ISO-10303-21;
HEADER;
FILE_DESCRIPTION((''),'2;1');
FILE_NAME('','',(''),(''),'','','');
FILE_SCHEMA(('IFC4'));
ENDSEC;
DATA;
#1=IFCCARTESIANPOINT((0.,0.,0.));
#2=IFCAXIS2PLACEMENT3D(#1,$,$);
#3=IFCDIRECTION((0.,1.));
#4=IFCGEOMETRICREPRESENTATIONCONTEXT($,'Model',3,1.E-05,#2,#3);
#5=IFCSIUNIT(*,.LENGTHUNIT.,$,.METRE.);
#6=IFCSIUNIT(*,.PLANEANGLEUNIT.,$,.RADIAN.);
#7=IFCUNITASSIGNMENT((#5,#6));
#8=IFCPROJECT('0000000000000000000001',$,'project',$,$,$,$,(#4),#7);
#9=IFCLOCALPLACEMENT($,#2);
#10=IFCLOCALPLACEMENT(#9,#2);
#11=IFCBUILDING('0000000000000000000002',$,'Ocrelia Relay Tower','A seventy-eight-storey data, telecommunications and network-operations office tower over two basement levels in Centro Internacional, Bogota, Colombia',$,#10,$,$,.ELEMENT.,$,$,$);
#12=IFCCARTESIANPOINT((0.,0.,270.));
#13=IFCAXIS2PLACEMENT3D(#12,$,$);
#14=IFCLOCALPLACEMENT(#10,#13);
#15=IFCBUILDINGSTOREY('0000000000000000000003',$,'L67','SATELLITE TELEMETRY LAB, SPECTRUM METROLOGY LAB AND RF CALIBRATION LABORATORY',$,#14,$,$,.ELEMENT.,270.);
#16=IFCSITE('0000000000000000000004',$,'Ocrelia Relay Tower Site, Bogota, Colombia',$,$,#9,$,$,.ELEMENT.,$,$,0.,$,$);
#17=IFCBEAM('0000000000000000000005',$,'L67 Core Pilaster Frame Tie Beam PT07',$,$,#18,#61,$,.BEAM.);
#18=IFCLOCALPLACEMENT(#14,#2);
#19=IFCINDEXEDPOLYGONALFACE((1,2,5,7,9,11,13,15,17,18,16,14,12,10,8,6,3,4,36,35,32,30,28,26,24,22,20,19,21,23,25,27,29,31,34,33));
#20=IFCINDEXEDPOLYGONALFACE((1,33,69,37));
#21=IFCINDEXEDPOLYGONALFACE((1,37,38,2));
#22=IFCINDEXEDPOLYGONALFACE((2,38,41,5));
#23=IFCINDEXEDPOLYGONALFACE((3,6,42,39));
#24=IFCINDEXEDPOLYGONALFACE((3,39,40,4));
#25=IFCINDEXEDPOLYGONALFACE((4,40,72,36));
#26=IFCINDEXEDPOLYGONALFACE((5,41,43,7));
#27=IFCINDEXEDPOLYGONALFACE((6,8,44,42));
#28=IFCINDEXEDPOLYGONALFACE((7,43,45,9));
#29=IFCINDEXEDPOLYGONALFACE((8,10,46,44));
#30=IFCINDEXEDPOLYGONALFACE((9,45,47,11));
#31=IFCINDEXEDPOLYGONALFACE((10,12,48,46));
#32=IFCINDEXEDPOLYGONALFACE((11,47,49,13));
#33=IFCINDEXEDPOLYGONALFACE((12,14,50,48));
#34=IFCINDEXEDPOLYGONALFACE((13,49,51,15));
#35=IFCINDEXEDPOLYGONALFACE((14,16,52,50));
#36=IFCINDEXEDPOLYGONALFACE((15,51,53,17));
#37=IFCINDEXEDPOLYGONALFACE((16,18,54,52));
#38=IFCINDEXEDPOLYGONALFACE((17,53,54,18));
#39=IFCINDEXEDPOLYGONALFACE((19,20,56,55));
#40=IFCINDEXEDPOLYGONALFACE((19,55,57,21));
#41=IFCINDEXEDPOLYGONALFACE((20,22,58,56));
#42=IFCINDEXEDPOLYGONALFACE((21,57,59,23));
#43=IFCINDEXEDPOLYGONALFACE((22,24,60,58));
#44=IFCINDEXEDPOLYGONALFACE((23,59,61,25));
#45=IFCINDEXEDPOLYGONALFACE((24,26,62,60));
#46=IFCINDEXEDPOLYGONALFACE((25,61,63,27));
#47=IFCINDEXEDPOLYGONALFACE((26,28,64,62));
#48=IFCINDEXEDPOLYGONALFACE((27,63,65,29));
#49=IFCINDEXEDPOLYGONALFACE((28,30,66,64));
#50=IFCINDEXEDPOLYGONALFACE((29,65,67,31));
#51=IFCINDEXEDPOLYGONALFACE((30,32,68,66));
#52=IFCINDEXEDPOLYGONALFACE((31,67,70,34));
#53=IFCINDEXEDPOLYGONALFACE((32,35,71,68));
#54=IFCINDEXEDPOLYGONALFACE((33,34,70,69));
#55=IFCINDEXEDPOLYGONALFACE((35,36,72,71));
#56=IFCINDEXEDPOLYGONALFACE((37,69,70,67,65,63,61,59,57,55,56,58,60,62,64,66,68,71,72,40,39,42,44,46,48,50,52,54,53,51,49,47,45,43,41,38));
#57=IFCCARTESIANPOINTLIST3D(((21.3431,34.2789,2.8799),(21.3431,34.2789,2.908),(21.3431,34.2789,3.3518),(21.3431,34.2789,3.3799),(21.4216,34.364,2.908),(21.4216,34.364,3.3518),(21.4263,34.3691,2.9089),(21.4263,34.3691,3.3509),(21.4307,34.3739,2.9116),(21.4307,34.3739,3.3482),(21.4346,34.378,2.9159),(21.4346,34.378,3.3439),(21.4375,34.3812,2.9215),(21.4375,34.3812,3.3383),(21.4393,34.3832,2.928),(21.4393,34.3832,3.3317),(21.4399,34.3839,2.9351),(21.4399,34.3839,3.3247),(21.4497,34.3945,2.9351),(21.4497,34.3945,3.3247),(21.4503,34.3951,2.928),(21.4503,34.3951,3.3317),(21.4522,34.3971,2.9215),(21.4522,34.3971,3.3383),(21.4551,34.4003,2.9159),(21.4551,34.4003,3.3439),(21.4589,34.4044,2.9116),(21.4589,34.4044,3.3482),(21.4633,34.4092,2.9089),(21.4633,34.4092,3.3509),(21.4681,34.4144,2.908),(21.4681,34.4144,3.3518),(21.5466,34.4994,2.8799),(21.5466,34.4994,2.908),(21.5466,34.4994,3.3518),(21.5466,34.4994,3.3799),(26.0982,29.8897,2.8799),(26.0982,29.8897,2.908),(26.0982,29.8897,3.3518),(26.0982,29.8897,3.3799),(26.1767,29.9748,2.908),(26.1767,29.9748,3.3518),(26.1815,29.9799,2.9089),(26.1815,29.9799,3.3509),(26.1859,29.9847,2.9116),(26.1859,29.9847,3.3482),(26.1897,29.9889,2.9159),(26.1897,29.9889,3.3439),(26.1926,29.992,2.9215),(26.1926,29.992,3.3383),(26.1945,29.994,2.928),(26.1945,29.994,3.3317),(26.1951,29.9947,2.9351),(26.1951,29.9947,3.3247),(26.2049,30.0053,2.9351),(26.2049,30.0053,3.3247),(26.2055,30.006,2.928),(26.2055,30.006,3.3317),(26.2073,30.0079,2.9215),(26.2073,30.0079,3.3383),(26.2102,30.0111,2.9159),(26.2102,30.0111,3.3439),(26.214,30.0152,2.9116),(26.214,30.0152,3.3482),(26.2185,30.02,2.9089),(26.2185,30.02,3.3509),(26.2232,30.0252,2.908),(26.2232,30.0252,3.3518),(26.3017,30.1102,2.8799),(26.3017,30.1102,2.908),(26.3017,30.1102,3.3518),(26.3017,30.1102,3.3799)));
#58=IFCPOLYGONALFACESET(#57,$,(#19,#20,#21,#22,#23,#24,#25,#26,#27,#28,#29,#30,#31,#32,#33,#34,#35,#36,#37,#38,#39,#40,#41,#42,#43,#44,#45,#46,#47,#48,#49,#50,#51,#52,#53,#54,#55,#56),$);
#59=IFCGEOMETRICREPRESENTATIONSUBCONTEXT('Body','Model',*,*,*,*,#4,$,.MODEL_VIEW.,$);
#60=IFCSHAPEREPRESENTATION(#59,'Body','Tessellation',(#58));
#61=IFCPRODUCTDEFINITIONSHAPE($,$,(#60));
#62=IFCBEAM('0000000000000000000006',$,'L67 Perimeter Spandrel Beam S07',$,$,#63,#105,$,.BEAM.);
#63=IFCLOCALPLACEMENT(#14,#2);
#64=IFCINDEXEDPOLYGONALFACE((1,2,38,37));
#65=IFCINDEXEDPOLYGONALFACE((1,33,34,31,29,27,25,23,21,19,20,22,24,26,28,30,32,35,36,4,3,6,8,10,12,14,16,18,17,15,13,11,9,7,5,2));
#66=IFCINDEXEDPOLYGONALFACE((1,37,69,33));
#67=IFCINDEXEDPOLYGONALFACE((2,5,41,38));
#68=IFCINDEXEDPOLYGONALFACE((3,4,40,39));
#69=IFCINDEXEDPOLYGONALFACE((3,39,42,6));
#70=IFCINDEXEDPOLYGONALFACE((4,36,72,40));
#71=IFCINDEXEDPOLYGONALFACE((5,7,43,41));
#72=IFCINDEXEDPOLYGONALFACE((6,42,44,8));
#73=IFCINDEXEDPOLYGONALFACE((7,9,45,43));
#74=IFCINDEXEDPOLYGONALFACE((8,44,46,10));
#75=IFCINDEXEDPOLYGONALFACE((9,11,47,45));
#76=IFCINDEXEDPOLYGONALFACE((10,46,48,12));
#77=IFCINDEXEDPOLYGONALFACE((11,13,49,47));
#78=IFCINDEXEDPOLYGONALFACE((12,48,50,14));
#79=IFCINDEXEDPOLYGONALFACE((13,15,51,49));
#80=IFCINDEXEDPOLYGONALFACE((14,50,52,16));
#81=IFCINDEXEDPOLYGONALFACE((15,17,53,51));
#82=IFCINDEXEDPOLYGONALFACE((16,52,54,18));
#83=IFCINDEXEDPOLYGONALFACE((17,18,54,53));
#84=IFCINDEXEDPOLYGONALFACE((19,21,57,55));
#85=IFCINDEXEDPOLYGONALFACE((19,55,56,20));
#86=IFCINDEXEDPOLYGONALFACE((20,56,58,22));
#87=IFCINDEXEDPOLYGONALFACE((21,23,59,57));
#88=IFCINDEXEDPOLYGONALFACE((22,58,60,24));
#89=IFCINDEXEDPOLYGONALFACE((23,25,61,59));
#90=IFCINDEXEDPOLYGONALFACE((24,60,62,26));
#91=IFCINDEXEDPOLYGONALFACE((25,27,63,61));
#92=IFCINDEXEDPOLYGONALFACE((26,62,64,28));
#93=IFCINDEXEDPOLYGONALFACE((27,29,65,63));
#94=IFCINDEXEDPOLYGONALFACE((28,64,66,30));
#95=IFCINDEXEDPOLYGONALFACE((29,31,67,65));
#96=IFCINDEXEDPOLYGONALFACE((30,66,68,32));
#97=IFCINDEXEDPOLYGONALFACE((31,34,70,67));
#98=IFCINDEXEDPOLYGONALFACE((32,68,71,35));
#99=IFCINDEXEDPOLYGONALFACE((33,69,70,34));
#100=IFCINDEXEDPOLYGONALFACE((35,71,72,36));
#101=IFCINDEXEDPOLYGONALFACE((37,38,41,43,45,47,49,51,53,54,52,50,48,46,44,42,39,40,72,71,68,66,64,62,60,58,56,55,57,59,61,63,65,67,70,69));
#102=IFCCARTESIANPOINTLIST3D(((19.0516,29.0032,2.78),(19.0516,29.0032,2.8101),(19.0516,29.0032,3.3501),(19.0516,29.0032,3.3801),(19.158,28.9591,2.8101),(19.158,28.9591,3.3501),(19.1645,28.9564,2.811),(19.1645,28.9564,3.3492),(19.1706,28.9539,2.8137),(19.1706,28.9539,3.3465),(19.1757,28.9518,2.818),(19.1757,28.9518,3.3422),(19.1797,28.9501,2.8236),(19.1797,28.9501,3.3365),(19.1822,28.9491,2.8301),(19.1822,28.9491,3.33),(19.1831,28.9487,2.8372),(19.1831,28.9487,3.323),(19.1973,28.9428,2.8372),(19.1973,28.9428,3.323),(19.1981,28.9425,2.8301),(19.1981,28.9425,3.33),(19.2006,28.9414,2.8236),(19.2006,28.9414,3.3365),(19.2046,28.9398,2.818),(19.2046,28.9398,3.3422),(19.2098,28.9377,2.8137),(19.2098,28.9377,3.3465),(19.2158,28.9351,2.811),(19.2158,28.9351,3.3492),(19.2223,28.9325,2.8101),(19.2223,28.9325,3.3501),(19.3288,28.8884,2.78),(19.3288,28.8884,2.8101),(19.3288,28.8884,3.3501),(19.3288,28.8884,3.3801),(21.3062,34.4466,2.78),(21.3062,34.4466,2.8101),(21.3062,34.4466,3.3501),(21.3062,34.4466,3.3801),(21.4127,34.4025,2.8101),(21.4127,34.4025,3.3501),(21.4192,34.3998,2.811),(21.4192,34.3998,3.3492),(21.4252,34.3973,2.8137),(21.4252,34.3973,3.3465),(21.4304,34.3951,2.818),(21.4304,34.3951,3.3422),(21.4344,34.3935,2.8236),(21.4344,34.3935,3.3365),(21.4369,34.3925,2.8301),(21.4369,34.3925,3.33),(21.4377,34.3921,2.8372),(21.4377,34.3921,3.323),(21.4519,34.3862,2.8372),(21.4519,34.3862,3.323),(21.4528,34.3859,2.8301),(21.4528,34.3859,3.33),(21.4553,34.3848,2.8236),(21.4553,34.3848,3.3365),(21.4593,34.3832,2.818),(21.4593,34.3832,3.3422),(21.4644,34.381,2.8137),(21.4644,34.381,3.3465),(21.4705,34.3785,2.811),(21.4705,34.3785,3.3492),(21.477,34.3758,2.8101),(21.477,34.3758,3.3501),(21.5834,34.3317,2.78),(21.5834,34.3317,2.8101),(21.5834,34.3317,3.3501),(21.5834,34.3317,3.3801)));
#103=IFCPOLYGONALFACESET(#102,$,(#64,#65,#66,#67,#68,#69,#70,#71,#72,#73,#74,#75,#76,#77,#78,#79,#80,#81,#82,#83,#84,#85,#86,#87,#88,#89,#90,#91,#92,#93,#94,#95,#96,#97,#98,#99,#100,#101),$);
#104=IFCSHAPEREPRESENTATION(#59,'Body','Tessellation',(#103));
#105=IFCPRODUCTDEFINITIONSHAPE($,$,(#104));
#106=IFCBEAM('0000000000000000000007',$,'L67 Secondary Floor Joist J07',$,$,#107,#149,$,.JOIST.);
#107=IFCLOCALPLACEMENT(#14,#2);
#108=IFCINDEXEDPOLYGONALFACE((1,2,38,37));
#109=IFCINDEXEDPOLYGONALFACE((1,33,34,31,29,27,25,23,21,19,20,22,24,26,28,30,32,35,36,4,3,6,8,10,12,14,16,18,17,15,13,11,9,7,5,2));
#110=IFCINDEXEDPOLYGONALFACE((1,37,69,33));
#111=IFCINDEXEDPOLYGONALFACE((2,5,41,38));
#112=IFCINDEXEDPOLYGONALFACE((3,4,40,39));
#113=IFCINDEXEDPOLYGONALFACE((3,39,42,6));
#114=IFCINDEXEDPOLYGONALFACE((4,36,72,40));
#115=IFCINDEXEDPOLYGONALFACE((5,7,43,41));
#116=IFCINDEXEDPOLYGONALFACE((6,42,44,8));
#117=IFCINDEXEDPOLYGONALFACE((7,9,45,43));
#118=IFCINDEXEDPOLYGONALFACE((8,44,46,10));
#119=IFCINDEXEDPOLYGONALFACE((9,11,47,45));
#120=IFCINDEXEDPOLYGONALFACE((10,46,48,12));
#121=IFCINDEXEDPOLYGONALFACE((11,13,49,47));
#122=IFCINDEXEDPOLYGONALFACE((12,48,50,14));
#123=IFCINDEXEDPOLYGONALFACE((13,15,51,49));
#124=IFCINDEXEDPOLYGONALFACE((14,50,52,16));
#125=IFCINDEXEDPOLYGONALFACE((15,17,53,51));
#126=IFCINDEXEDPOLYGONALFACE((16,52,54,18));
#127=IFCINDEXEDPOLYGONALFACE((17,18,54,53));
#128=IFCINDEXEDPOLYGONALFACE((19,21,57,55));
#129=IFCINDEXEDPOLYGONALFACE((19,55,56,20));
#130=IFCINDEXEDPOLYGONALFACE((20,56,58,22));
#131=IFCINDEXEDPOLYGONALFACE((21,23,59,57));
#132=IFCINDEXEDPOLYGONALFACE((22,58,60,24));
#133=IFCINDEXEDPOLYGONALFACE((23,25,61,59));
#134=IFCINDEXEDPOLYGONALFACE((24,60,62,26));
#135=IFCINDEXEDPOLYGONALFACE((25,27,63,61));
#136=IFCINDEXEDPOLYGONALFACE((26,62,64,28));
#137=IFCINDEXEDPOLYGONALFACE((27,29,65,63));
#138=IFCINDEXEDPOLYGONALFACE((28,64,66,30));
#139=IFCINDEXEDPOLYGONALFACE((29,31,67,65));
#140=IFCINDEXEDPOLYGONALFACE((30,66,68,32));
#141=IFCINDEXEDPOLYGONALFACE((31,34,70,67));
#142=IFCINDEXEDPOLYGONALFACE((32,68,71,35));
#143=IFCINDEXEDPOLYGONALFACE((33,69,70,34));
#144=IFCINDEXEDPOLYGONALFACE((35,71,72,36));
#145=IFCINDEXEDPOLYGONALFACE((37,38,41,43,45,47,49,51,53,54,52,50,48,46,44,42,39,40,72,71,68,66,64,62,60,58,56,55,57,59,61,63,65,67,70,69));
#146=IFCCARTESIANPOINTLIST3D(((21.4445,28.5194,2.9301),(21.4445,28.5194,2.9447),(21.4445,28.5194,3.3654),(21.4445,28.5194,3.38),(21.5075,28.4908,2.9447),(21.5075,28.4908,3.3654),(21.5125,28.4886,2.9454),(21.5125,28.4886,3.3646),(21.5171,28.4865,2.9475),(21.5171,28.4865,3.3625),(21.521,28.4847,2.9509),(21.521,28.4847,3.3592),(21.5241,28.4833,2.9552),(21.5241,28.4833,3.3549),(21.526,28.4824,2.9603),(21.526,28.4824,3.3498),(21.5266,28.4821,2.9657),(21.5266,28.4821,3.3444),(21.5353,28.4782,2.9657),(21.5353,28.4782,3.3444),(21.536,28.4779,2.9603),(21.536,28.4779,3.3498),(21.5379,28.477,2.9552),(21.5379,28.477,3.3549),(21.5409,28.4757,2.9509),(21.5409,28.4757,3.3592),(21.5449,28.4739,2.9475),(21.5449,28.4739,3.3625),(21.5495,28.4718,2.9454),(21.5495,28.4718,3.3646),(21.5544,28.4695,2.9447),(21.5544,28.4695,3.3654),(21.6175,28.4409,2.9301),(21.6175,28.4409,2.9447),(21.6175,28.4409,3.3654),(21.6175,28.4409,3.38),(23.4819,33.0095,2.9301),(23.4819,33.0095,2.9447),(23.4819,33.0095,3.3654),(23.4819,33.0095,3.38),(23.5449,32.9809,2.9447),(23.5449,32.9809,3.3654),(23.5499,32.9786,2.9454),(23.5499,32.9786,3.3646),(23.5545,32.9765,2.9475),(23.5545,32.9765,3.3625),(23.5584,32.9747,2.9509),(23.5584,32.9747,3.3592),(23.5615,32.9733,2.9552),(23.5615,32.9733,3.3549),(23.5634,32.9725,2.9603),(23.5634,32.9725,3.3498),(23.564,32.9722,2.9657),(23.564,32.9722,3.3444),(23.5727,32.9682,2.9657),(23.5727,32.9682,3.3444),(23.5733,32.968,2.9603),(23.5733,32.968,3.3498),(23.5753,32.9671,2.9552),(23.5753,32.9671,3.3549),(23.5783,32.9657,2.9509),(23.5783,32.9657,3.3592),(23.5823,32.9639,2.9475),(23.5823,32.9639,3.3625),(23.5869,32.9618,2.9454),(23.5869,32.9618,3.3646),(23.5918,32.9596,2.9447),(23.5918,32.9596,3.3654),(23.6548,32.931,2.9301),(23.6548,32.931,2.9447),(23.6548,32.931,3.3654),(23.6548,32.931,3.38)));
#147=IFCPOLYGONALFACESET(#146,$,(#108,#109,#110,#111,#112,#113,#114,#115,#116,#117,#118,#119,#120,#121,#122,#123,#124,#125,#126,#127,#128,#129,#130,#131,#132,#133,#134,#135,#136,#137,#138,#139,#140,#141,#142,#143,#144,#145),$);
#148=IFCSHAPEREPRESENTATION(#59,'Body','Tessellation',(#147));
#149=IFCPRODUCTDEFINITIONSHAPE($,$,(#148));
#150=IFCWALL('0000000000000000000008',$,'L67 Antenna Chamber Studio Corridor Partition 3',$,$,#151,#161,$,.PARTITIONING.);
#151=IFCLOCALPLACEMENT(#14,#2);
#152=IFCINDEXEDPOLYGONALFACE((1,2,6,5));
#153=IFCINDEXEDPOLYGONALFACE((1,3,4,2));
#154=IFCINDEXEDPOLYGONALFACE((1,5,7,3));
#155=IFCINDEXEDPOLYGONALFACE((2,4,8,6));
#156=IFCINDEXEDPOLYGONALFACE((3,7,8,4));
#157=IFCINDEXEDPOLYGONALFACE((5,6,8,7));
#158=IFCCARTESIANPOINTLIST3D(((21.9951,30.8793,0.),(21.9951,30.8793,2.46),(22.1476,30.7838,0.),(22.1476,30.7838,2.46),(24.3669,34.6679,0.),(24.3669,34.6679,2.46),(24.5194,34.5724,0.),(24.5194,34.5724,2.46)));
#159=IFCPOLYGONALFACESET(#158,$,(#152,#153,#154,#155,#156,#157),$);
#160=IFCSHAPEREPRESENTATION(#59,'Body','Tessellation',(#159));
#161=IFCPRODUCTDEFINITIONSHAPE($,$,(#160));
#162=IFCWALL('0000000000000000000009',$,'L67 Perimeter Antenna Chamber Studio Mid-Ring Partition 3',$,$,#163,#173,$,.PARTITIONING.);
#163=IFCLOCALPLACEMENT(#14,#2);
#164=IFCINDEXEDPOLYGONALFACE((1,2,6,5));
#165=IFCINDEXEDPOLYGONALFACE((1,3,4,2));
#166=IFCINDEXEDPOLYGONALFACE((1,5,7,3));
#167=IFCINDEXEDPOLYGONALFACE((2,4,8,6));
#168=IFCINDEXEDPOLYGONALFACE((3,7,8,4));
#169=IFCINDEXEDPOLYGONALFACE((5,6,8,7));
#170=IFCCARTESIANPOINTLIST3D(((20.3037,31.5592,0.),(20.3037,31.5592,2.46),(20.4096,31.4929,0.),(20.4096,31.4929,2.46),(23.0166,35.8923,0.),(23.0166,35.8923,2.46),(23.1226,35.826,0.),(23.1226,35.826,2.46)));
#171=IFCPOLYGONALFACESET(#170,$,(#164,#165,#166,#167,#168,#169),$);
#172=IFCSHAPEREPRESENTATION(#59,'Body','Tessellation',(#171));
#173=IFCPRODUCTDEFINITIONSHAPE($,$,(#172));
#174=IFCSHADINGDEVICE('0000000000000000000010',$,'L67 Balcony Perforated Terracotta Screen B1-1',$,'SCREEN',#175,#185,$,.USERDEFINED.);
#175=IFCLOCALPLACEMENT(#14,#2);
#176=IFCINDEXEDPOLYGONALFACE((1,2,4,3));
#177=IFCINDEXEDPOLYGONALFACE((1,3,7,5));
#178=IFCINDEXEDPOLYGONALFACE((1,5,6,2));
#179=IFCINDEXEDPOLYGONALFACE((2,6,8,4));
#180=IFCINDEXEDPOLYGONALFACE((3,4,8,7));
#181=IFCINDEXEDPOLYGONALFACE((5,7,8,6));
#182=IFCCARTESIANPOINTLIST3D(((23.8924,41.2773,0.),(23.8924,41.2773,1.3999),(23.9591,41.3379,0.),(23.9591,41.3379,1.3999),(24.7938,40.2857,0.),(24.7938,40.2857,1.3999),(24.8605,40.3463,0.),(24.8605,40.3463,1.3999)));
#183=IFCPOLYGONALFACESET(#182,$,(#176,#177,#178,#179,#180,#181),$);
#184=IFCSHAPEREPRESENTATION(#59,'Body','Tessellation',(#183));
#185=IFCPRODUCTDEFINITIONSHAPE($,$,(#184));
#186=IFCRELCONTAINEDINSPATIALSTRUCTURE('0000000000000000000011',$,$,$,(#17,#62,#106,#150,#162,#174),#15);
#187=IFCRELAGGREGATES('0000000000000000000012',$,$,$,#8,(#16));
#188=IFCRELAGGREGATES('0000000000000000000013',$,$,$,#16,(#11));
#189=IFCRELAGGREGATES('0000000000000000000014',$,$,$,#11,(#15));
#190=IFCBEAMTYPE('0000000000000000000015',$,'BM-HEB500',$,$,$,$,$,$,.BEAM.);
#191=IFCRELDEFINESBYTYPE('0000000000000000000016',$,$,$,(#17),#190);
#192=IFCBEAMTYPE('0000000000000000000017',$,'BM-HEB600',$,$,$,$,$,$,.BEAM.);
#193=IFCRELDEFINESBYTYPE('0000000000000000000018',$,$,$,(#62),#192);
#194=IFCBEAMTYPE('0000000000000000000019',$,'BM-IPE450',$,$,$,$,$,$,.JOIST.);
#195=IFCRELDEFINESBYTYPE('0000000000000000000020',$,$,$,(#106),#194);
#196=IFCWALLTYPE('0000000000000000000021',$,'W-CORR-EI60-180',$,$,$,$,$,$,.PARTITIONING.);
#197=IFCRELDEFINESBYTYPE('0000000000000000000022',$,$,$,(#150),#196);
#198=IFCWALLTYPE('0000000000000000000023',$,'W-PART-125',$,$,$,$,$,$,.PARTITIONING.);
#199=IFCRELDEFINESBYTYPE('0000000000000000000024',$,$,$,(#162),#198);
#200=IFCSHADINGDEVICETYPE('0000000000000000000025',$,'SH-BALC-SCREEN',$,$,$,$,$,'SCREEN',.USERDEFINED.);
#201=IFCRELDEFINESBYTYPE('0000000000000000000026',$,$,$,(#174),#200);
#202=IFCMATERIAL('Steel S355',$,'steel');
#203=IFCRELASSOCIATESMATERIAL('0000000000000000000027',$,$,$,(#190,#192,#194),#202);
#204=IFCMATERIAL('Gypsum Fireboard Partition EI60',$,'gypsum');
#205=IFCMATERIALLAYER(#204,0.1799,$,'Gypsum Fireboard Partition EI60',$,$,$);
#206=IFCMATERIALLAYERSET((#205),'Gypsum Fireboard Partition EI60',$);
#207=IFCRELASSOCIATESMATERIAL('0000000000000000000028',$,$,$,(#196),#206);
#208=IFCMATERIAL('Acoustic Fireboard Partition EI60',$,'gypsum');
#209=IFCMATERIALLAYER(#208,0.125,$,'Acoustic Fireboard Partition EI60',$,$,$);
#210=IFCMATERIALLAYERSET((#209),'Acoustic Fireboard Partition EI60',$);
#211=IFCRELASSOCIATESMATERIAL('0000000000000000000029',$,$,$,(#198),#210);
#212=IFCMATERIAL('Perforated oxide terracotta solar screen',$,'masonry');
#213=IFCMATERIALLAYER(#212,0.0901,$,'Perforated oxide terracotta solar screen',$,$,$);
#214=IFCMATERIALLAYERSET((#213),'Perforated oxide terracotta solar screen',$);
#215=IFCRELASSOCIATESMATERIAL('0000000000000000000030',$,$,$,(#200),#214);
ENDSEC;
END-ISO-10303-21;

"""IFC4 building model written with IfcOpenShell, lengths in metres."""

from ifc_helpers import new_model, si_unit, direction, frame, frame_2d, origin, origin_2d, place, context, subcontext, project, spatial, rectangle, i_section, extrude, material, layer, layer_set, material_profile, profile_set, type_object, element, save


model = new_model("IFC4")

# Units and contexts
model_context = context("Model", 3, precision=1e-05, world=origin(), true_north=direction((0.0, 1.0)))
body_context = subcontext(model_context, "Body", "Model", "MODEL_VIEW")
ifc_project = project(units=[si_unit("LENGTHUNIT", "METRE"), si_unit("PLANEANGLEUNIT", "RADIAN")], contexts=[model_context])

# Site, building, storey
site_placement = place(None, origin())
site = spatial("IfcSite", under=ifc_project, at=site_placement, Name="Ocrelia Relay Tower Site, Bogota, Colombia", CompositionType="ELEMENT", RefElevation=0.0)
building_placement = place(site_placement, origin())
building = spatial("IfcBuilding", under=site, at=building_placement, Name="Ocrelia Relay Tower", Description="A seventy-eight-storey data, telecommunications and network-operations office tower over two basement levels in Centro Internacional, Bogota, Colombia", CompositionType="ELEMENT")
storey_placement = place(building_placement, frame((0.0, 0.0, 270.0)))
storey = spatial("IfcBuildingStorey", under=building, at=storey_placement, Name="L67", Description="SATELLITE TELEMETRY LAB, SPECTRUM METROLOGY LAB AND RF CALIBRATION LABORATORY", CompositionType="ELEMENT", Elevation=270.0)

# Beams
ifc_material_1 = material(Name="Steel S355", Category="steel")
ifc_material_profile_1 = material_profile(ifc_material_1, i_section(OverallWidth=0.3, OverallDepth=0.5, WebThickness=0.0144, FlangeThickness=0.0281, FilletRadius=0.0271, at=origin_2d()), Name="HEB 500")
ifc_profile_set_1 = profile_set([ifc_material_profile_1], Name="Steel S355")
beam_type_1 = type_object("IfcBeamType", Name="BM-HEB500", PredefinedType="BEAM", material=ifc_profile_set_1)
beam_1_placement = place(storey_placement, frame((21.4448, 34.3892, 3.1299), z_axis=(0.734818, -0.678264, 0.0), x_axis=(0.678264, 0.734818, 0.0)))
element("IfcBeam", 1, at=beam_1_placement, inside=storey, type_object=beam_type_1, Name="L67 Core Pilaster Frame Tie Beam PT07", PredefinedType="BEAM", context=body_context, shape_type="SweptSolid", body=[
    extrude(i_section(OverallWidth=0.3, OverallDepth=0.5, WebThickness=0.0144, FlangeThickness=0.0281, FilletRadius=0.0271, at=origin_2d()), origin(), (0.0, 0.0, 1.0), 6.4712),
])
ifc_material_profile_2 = material_profile(ifc_material_1, i_section(OverallWidth=0.3, OverallDepth=0.6001, WebThickness=0.0154, FlangeThickness=0.03, FilletRadius=0.0271, at=origin_2d()), Name="HEB 600")
ifc_profile_set_2 = profile_set([ifc_material_profile_2], Name="Steel S355")
beam_type_2 = type_object("IfcBeamType", Name="BM-HEB600", PredefinedType="BEAM", material=ifc_profile_set_2)
beam_2_placement = place(storey_placement, frame((21.4448, 34.3892, 3.0801), z_axis=(-0.382673, -0.923884, 0.0), x_axis=(0.923884, -0.382673, 0.0)))
element("IfcBeam", 2, at=beam_2_placement, inside=storey, type_object=beam_type_2, Name="L67 Perimeter Spandrel Beam S07", PredefinedType="BEAM", context=body_context, shape_type="SweptSolid", body=[
    extrude(i_section(OverallWidth=0.3, OverallDepth=0.6001, WebThickness=0.0154, FlangeThickness=0.03, FilletRadius=0.0271, at=origin_2d()), origin(), (0.0, 0.0, 1.0), 5.8918),
])
ifc_material_profile_3 = material_profile(ifc_material_1, i_section(OverallWidth=0.1899, OverallDepth=0.45, WebThickness=0.0095, FlangeThickness=0.0146, FilletRadius=0.021, at=origin_2d()), Name="IPE 450")
ifc_profile_set_3 = profile_set([ifc_material_profile_3], Name="Steel S355")
beam_type_3 = type_object("IfcBeamType", Name="BM-IPE450", PredefinedType="JOIST", material=ifc_profile_set_3)
beam_3_placement = place(storey_placement, frame((23.5684, 32.9702, 3.155), z_axis=(-0.413206, -0.910638, 0.0), x_axis=(0.910638, -0.413206, 0.0)))
element("IfcBeam", 3, at=beam_3_placement, inside=storey, type_object=beam_type_3, Name="L67 Secondary Floor Joist J07", PredefinedType="JOIST", context=body_context, shape_type="SweptSolid", body=[
    extrude(i_section(OverallWidth=0.1899, OverallDepth=0.45, WebThickness=0.0095, FlangeThickness=0.0146, FilletRadius=0.021, at=origin_2d()), origin(), (0.0, 0.0, 1.0), 4.9307),
])

# Wall
ifc_material_2 = material(Name="Gypsum Fireboard Partition EI60", Category="gypsum")
ifc_layer_1 = layer(ifc_material_2, 0.1799, Name="Gypsum Fireboard Partition EI60")
ifc_layer_set_1 = layer_set([ifc_layer_1], Name="Gypsum Fireboard Partition EI60")
wall_type_1 = type_object("IfcWallType", Name="W-CORR-EI60-180", PredefinedType="PARTITIONING", material=ifc_layer_set_1)
wall_1_placement = place(storey_placement, frame((24.4431, 34.6201, 0.0), z_axis=(0.0, 0.0, 1.0), x_axis=(-0.530637, -0.847599, 0.0)))
element("IfcWall", 4, at=wall_1_placement, inside=storey, type_object=wall_type_1, Name="L67 Antenna Chamber Studio Corridor Partition 3", PredefinedType="PARTITIONING", context=body_context, shape_type="SweptSolid", body=[
    extrude(rectangle(XDim=4.4697, YDim=0.1799, at=frame_2d((2.2349, 0.0))), origin(), (0.0, 0.0, 1.0), 2.46),
])

# Wall
ifc_material_3 = material(Name="Acoustic Fireboard Partition EI60", Category="gypsum")
ifc_layer_2 = layer(ifc_material_3, 0.125, Name="Acoustic Fireboard Partition EI60")
ifc_layer_set_2 = layer_set([ifc_layer_2], Name="Acoustic Fireboard Partition EI60")
wall_type_2 = type_object("IfcWallType", Name="W-PART-125", PredefinedType="PARTITIONING", material=ifc_layer_set_2)
wall_2_placement = place(storey_placement, frame((23.0696, 35.8591, 0.0), z_axis=(0.0, 0.0, 1.0), x_axis=(-0.530668, -0.84758, 0.0)))
element("IfcWall", 5, at=wall_2_placement, inside=storey, type_object=wall_type_2, Name="L67 Perimeter Antenna Chamber Studio Mid-Ring Partition 3", PredefinedType="PARTITIONING", context=body_context, shape_type="SweptSolid", body=[
    extrude(rectangle(XDim=5.1123, YDim=0.125, at=frame_2d((2.5562, 0.0))), origin(), (0.0, 0.0, 1.0), 2.46),
])

# Shading device
ifc_material_4 = material(Name="Perforated oxide terracotta solar screen", Category="masonry")
ifc_layer_3 = layer(ifc_material_4, 0.0901, Name="Perforated oxide terracotta solar screen")
ifc_layer_set_3 = layer_set([ifc_layer_3], Name="Perforated oxide terracotta solar screen")
shading_device_type_1 = type_object("IfcShadingDeviceType", Name="SH-BALC-SCREEN", ElementType="SCREEN", PredefinedType="USERDEFINED", material=ifc_layer_set_3)
shading_device_1_placement = place(storey_placement, frame((24.3765, 40.8118, 0.0), z_axis=(0.0, 0.0, 1.0), x_axis=(-0.672648, 0.739963, 0.0)))
element("IfcShadingDevice", 6, at=shading_device_1_placement, inside=storey, type_object=shading_device_type_1, Name="L67 Balcony Perforated Terracotta Screen B1-1", ObjectType="SCREEN", PredefinedType="USERDEFINED", context=body_context, shape_type="SweptSolid", body=[
    extrude(rectangle(XDim=1.3401, YDim=0.0901, at=origin_2d()), origin(), (0.0, 0.0, 1.0), 1.3999),
])

save(model, "model.ifc")
